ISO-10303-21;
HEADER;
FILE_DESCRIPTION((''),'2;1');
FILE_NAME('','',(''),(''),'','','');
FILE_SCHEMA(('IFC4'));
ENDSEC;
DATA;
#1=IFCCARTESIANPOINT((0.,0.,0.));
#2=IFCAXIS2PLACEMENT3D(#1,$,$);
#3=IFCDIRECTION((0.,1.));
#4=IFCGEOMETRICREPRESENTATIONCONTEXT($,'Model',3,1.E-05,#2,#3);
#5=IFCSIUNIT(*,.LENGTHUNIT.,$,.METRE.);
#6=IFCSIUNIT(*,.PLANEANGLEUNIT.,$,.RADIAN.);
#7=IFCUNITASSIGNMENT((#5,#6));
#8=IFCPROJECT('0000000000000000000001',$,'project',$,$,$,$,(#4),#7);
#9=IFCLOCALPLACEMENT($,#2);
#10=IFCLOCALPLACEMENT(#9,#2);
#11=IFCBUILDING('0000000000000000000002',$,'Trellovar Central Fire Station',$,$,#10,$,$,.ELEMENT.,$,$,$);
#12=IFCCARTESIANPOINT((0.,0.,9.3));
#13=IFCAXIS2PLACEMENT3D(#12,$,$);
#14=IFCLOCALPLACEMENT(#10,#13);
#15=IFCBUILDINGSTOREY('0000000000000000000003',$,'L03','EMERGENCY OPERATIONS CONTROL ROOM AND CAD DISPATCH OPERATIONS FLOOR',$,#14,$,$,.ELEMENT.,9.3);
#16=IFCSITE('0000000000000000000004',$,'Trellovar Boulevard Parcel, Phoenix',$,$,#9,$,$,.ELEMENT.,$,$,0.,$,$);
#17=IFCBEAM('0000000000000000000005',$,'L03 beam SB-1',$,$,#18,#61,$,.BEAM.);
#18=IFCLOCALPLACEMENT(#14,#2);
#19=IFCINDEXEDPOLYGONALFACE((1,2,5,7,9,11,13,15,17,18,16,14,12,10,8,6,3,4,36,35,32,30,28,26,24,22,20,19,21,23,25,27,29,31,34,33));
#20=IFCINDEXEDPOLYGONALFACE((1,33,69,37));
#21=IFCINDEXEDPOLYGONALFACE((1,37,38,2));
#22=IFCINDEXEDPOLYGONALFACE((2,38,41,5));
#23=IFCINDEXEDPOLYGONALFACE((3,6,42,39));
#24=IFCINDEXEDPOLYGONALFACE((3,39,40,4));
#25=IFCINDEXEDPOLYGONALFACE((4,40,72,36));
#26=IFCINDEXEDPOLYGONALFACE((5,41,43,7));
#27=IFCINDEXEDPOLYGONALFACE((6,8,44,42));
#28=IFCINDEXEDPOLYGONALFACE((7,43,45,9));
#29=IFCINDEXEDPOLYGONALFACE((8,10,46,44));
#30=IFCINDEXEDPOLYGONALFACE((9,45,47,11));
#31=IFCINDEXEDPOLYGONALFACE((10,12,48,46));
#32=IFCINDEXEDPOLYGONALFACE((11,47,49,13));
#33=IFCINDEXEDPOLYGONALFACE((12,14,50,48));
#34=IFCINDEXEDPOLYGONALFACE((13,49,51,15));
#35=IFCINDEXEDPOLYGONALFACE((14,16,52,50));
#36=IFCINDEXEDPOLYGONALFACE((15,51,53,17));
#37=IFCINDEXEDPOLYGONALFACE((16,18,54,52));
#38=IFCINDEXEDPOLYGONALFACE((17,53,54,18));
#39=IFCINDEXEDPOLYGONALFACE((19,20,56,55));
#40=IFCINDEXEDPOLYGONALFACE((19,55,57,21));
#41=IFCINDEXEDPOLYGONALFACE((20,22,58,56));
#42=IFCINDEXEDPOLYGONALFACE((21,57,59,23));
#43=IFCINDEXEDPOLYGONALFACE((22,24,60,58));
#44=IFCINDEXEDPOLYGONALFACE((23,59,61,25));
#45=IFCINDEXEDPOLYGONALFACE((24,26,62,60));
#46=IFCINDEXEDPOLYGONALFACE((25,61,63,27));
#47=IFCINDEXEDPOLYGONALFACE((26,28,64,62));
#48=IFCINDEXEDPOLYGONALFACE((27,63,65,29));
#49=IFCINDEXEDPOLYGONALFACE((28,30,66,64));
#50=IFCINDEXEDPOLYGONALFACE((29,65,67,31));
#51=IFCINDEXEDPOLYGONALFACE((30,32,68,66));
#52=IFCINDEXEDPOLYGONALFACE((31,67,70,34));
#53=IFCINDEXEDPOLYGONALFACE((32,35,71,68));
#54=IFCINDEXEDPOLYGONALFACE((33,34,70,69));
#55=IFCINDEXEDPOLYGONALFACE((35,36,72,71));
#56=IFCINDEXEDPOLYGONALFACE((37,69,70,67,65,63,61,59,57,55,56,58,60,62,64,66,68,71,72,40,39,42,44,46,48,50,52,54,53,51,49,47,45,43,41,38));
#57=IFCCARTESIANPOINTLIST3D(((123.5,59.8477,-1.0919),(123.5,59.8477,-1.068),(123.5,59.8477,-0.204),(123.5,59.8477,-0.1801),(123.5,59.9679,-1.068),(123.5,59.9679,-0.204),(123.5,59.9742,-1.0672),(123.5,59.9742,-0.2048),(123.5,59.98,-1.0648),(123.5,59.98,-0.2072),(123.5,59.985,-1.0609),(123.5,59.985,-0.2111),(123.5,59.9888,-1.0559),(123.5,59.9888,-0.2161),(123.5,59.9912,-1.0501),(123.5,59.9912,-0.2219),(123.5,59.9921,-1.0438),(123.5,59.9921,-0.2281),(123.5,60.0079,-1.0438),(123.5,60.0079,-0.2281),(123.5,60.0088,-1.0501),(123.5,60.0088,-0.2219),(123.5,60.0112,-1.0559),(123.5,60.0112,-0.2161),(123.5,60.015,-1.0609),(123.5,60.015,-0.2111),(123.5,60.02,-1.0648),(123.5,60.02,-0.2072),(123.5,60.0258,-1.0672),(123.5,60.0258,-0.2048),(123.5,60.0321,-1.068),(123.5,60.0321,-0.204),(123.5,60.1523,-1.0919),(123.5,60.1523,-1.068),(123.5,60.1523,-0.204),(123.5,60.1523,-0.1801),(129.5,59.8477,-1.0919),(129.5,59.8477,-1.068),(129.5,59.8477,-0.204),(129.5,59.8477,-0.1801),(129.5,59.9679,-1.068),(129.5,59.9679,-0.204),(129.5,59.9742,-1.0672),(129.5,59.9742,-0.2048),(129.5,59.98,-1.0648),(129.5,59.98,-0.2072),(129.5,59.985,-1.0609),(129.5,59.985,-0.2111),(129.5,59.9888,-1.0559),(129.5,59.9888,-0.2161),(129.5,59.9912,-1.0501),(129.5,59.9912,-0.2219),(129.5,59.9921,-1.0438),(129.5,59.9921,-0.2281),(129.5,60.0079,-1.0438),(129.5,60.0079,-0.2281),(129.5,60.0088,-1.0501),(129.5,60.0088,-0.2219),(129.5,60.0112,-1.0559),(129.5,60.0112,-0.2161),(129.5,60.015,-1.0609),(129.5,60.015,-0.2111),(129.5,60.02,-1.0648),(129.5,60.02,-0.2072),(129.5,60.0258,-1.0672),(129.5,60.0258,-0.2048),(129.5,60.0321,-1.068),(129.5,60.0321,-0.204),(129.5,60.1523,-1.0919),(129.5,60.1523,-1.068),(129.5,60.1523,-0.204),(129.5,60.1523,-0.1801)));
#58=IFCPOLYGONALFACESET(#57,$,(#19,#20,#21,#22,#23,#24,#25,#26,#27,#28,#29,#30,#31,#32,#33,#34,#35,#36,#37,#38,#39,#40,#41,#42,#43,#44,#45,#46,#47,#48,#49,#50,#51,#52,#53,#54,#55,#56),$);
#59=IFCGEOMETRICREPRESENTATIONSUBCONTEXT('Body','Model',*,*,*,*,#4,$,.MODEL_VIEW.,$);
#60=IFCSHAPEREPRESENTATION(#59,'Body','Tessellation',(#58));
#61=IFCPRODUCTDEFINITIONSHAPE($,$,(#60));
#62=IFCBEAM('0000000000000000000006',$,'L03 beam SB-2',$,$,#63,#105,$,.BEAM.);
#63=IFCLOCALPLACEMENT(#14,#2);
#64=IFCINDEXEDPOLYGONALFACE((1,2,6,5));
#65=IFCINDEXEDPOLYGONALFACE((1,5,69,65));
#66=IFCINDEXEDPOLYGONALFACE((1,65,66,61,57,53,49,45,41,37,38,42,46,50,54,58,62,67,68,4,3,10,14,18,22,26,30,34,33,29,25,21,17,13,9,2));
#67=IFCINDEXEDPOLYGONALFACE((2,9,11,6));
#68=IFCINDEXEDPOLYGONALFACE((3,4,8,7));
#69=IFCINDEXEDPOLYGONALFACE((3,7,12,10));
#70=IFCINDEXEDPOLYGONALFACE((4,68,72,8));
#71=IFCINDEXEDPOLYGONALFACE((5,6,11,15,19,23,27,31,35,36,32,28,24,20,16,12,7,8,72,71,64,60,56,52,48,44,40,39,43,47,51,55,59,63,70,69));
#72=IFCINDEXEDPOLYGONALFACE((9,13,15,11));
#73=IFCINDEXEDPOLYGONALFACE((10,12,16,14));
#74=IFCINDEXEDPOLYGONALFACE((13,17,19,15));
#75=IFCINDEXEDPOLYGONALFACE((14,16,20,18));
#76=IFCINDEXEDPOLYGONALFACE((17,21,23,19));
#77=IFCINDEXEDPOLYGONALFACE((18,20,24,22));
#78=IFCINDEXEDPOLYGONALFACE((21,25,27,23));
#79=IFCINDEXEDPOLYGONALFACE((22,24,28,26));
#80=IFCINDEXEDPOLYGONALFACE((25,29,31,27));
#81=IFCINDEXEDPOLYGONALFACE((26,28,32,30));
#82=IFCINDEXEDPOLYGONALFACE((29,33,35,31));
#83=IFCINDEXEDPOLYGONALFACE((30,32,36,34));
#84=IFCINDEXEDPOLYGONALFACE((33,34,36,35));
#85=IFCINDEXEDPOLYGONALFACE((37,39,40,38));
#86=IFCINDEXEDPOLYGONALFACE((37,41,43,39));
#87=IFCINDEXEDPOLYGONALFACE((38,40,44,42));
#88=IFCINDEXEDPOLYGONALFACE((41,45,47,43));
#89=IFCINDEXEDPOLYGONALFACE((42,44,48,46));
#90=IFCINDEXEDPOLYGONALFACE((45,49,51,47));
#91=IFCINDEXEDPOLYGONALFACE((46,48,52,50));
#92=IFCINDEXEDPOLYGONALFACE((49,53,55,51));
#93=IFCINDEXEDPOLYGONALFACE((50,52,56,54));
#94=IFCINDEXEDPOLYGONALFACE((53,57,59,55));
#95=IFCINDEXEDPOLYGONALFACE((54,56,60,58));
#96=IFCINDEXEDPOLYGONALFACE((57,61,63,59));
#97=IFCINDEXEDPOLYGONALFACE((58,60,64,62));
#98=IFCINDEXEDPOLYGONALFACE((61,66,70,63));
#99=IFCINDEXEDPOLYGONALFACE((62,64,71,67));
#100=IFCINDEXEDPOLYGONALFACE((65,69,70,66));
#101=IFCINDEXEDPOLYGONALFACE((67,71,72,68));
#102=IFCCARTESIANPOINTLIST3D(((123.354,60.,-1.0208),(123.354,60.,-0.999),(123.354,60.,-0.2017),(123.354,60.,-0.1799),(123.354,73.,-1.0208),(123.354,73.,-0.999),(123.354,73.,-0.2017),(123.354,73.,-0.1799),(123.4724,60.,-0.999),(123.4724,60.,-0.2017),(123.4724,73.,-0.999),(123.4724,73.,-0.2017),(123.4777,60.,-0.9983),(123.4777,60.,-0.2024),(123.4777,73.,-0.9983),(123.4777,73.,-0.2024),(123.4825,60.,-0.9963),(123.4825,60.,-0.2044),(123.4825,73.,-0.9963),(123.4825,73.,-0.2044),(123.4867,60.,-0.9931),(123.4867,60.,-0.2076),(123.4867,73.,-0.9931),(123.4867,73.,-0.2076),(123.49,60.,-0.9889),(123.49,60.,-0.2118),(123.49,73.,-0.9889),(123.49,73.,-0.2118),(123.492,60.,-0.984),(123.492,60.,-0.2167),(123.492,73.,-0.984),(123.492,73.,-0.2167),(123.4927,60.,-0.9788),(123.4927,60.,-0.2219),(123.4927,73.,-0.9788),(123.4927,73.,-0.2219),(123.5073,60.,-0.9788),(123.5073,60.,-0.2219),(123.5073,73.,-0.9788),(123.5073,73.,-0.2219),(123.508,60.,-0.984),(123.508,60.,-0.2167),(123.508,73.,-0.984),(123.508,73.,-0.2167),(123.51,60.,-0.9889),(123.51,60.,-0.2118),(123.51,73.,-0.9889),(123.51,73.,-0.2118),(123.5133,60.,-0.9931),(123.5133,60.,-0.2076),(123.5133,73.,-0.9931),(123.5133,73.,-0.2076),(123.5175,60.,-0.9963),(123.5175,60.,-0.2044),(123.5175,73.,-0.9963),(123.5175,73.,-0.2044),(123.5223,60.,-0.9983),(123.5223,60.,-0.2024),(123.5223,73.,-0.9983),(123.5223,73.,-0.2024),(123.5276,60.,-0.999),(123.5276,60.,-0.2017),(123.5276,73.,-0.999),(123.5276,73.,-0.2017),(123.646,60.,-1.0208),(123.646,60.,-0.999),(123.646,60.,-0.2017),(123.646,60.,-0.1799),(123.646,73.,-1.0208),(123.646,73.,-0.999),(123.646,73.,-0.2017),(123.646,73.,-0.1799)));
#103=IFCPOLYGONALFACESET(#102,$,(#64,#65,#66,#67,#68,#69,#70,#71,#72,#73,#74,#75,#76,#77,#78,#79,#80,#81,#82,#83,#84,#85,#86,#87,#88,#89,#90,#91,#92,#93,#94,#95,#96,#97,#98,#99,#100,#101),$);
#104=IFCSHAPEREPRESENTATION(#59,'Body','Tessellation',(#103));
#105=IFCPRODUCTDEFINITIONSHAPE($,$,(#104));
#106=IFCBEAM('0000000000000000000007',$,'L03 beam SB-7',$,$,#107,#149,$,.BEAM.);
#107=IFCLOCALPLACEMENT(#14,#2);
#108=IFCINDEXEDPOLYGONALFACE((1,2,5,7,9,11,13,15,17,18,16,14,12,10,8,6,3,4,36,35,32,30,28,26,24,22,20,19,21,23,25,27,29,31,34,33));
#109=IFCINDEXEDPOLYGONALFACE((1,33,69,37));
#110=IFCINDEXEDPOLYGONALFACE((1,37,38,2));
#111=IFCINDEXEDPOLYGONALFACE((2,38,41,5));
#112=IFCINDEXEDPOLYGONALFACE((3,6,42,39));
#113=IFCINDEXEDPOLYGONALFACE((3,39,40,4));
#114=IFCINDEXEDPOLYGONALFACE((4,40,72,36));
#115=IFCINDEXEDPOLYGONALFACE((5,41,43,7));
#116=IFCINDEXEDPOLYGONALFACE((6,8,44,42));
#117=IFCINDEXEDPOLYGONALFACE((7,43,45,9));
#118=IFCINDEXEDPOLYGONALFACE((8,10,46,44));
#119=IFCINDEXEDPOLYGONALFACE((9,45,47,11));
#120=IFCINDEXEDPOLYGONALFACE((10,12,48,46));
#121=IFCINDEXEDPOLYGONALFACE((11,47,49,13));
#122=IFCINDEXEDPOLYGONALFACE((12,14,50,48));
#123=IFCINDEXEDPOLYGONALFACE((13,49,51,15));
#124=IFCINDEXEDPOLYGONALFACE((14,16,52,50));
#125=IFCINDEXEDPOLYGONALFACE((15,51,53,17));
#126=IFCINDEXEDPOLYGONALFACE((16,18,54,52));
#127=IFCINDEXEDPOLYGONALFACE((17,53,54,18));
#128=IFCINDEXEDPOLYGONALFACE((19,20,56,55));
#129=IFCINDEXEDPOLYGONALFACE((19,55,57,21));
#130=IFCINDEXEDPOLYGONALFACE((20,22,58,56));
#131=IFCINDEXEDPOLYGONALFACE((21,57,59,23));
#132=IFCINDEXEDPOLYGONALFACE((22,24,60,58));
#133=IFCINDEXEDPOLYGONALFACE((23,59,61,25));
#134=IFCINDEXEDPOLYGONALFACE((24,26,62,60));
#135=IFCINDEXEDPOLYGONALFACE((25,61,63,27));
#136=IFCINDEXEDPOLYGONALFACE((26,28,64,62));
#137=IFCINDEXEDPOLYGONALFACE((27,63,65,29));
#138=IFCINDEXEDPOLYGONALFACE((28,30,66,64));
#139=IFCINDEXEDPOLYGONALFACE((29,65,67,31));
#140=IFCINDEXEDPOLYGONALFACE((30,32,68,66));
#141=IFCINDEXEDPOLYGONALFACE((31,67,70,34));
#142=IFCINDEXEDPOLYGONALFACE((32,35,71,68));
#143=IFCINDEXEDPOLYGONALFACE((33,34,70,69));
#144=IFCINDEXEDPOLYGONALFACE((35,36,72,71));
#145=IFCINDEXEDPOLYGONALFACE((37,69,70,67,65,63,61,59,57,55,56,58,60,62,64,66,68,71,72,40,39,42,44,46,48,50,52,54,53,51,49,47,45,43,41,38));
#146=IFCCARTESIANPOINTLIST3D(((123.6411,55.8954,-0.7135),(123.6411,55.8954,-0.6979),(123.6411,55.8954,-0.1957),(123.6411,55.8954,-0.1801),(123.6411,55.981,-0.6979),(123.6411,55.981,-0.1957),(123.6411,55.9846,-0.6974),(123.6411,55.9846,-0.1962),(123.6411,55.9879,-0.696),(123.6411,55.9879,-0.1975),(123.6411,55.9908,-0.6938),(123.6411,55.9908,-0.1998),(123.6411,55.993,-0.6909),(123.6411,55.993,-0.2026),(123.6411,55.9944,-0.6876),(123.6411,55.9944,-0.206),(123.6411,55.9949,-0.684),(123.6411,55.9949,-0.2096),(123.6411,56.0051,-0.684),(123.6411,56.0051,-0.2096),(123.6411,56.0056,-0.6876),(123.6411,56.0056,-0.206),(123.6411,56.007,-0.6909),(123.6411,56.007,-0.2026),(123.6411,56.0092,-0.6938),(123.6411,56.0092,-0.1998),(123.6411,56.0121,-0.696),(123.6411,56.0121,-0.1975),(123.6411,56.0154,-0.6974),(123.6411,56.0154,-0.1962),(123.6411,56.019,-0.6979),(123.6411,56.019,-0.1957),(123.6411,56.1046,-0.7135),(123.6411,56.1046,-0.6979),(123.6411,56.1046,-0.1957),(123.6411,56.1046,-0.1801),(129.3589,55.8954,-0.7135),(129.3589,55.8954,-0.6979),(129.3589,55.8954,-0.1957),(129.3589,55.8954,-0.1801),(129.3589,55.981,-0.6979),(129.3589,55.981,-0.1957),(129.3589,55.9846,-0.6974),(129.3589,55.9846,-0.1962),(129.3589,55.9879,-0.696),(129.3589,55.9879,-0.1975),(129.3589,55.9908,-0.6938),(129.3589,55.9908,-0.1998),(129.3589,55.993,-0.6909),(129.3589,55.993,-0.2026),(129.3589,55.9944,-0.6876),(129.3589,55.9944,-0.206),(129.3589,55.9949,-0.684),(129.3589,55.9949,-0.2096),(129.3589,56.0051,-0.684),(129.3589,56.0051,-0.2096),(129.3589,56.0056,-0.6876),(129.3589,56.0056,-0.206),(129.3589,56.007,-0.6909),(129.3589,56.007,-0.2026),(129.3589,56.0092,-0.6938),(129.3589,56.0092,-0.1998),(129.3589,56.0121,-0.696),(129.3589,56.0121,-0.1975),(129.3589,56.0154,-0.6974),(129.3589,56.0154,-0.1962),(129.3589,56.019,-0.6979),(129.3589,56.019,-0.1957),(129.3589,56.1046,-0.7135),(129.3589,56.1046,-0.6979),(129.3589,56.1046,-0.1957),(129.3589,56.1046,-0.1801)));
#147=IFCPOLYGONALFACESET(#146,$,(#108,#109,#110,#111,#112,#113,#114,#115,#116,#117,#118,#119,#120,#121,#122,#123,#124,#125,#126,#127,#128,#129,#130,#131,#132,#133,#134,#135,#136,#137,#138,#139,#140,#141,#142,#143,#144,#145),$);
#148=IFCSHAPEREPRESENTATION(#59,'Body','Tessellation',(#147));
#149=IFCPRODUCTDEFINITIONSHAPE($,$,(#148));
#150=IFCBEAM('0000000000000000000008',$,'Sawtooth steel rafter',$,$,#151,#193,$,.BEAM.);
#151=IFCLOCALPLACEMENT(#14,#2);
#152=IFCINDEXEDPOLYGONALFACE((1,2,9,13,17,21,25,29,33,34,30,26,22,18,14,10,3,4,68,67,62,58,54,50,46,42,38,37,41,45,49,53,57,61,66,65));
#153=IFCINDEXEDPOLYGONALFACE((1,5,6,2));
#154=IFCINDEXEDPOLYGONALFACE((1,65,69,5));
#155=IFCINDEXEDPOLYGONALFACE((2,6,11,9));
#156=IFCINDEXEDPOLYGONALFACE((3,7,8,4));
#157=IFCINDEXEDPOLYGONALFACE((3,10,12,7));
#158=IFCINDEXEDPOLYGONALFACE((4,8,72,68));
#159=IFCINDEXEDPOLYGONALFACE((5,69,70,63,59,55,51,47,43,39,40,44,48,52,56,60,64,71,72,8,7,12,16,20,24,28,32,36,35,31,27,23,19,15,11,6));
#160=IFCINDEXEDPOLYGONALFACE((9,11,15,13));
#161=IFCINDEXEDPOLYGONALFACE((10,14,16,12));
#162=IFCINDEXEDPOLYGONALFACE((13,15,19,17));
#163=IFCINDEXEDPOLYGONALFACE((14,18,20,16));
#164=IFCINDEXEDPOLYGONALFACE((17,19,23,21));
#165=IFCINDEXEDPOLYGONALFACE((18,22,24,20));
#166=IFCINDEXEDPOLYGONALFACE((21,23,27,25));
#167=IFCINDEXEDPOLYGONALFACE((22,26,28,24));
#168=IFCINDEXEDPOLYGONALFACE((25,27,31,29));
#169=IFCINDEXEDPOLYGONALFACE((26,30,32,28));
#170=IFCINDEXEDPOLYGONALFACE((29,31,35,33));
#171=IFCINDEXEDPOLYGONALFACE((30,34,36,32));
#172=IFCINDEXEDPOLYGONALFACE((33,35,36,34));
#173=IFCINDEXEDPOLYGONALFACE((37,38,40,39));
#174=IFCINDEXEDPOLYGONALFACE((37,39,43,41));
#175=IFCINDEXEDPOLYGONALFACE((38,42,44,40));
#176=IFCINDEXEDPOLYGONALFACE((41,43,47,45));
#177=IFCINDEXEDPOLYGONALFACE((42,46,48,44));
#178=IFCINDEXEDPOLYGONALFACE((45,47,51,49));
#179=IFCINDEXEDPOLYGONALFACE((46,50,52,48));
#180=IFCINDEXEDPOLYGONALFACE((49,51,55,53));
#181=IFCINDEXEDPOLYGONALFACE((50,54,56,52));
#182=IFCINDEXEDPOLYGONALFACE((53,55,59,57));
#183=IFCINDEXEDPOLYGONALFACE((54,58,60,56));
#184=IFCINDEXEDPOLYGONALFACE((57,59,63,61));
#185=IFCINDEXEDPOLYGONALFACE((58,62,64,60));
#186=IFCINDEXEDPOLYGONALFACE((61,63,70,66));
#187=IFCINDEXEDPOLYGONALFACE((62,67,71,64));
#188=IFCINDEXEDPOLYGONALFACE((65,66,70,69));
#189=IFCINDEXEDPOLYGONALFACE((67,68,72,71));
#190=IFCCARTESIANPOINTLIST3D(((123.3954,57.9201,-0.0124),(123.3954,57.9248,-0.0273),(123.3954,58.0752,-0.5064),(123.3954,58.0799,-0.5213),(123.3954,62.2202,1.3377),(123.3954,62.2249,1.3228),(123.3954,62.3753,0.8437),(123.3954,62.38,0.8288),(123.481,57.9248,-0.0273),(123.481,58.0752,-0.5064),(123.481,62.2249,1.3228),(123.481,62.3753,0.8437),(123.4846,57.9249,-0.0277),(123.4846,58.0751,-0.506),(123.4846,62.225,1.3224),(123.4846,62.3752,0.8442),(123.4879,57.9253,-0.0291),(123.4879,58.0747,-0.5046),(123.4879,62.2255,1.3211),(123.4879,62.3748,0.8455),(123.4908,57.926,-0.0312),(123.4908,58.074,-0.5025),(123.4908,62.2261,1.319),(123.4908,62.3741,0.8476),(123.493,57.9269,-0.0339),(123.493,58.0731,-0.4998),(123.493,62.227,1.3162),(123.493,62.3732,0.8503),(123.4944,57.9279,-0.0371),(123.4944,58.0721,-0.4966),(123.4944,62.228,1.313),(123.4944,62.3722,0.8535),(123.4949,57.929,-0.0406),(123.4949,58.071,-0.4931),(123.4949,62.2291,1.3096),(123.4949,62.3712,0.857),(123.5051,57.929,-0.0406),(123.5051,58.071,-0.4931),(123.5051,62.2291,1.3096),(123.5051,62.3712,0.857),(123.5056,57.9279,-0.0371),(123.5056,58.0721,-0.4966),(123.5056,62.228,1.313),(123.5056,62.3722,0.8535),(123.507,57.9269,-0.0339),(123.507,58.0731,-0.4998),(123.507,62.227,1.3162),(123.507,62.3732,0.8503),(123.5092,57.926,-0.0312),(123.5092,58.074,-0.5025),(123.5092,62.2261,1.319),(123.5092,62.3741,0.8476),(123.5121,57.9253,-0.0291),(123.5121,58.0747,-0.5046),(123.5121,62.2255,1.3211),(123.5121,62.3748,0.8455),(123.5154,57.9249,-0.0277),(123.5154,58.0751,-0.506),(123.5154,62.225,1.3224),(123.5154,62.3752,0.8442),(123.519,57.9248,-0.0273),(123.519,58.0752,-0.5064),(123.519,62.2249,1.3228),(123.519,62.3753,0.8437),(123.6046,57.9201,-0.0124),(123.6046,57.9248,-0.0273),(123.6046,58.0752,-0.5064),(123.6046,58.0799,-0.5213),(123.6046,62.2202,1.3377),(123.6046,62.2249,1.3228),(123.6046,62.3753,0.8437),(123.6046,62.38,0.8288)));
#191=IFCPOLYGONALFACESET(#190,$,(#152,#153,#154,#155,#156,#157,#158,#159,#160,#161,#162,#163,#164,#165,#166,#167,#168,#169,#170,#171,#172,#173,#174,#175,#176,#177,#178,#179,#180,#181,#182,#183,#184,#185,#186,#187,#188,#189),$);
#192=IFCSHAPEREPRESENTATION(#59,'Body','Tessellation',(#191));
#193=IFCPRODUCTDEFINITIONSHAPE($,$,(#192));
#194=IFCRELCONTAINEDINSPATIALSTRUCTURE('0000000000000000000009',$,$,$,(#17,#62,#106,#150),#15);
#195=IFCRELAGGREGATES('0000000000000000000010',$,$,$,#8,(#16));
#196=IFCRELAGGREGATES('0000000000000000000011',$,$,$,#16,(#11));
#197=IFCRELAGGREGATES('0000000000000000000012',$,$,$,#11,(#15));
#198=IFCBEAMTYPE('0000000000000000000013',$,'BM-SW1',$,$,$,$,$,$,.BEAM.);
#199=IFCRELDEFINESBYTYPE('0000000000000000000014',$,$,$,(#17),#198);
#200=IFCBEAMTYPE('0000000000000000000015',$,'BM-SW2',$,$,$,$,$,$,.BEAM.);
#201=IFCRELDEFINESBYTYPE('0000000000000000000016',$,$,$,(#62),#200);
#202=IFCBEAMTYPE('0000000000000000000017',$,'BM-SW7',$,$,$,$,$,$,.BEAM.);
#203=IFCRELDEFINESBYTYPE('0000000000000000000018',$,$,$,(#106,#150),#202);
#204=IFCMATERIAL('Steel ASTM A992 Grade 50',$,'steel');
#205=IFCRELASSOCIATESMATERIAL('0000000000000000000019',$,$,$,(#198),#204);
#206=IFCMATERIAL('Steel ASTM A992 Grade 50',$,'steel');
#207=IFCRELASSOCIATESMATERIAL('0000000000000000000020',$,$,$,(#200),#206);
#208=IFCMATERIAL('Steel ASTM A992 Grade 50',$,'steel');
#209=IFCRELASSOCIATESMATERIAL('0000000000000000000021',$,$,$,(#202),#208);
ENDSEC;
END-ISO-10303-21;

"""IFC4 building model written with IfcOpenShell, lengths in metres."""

from ifc_helpers import new_model, si_unit, direction, frame, origin, origin_2d, place, context, subcontext, project, spatial, i_section, extrude, material, material_profile, profile_set, type_object, element, save


model = new_model("IFC4")

# Units and contexts
model_context = context("Model", 3, precision=1e-05, world=origin(), true_north=direction((0.0, 1.0)))
body_context = subcontext(model_context, "Body", "Model", "MODEL_VIEW")
ifc_project = project(units=[si_unit("LENGTHUNIT", "METRE"), si_unit("PLANEANGLEUNIT", "RADIAN")], contexts=[model_context])

# Site, building, storey
site_placement = place(None, origin())
site = spatial("IfcSite", under=ifc_project, at=site_placement, Name="Trellovar Boulevard Parcel, Phoenix", CompositionType="ELEMENT", RefElevation=0.0)
building_placement = place(site_placement, origin())
building = spatial("IfcBuilding", under=site, at=building_placement, Name="Trellovar Central Fire Station", CompositionType="ELEMENT")
storey_placement = place(building_placement, frame((0.0, 0.0, 9.3)))
storey = spatial("IfcBuildingStorey", under=building, at=storey_placement, Name="L03", Description="EMERGENCY OPERATIONS CONTROL ROOM AND CAD DISPATCH OPERATIONS FLOOR", CompositionType="ELEMENT", Elevation=9.3)

# Beams
ifc_material_1 = material(Name="Steel ASTM A992 Grade 50", Category="steel")
ifc_material_profile_1 = material_profile(ifc_material_1, i_section(OverallWidth=0.3047, OverallDepth=0.9119, WebThickness=0.0159, FlangeThickness=0.0239, FilletRadius=0.0242, at=origin_2d()), Name="W36X150")
ifc_profile_set_1 = profile_set([ifc_material_profile_1], Name="Steel ASTM A992 Grade 50")
beam_type_1 = type_object("IfcBeamType", Name="BM-SW1", PredefinedType="BEAM", material=ifc_profile_set_1)
beam_1_placement = place(storey_placement, frame((123.5, 60.0, -0.636), z_axis=(1.0, 0.0, 0.0), x_axis=(0.0, 1.0, 0.0)))
element("IfcBeam", 1, at=beam_1_placement, inside=storey, type_object=beam_type_1, Name="L03 beam SB-1", PredefinedType="BEAM", context=body_context, shape_type="SweptSolid", body=[
    extrude(i_section(OverallWidth=0.3047, OverallDepth=0.9119, WebThickness=0.0159, FlangeThickness=0.0239, FilletRadius=0.0242, at=origin_2d()), origin(), (0.0, 0.0, 1.0), 6.0),
])
ifc_material_2 = material(Name="Steel ASTM A992 Grade 50", Category="steel")
ifc_material_profile_2 = material_profile(ifc_material_2, i_section(OverallWidth=0.292, OverallDepth=0.8408, WebThickness=0.0146, FlangeThickness=0.0217, FilletRadius=0.0203, at=origin_2d()), Name="W33X130")
ifc_profile_set_2 = profile_set([ifc_material_profile_2], Name="Steel ASTM A992 Grade 50")
beam_type_2 = type_object("IfcBeamType", Name="BM-SW2", PredefinedType="BEAM", material=ifc_profile_set_2)
beam_2_placement = place(storey_placement, frame((123.5, 60.0, -0.6003), z_axis=(0.0, 1.0, 0.0), x_axis=(-1.0, 0.0, 0.0)))
element("IfcBeam", 2, at=beam_2_placement, inside=storey, type_object=beam_type_2, Name="L03 beam SB-2", PredefinedType="BEAM", context=body_context, shape_type="SweptSolid", body=[
    extrude(i_section(OverallWidth=0.292, OverallDepth=0.8408, WebThickness=0.0146, FlangeThickness=0.0217, FilletRadius=0.0203, at=origin_2d()), origin(), (0.0, 0.0, 1.0), 13.0),
])
ifc_material_3 = material(Name="Steel ASTM A992 Grade 50", Category="steel")
ifc_material_profile_3 = material_profile(ifc_material_3, i_section(OverallWidth=0.2092, OverallDepth=0.5334, WebThickness=0.0103, FlangeThickness=0.0156, FilletRadius=0.0139, at=origin_2d()), Name="W21X62")
ifc_profile_set_3 = profile_set([ifc_material_profile_3], Name="Steel ASTM A992 Grade 50")
beam_type_3 = type_object("IfcBeamType", Name="BM-SW7", PredefinedType="BEAM", material=ifc_profile_set_3)
beam_3_placement = place(storey_placement, frame((123.6411, 56.0, -0.4468), z_axis=(1.0, 0.0, 0.0), x_axis=(0.0, 1.0, 0.0)))
element("IfcBeam", 3, at=beam_3_placement, inside=storey, type_object=beam_type_3, Name="L03 beam SB-7", PredefinedType="BEAM", context=body_context, shape_type="SweptSolid", body=[
    extrude(i_section(OverallWidth=0.2092, OverallDepth=0.5334, WebThickness=0.0103, FlangeThickness=0.0156, FilletRadius=0.0139, at=origin_2d()), origin(), (0.0, 0.0, 1.0), 5.7178),
])
beam_4_placement = place(storey_placement, frame((123.5, 58.0, -0.2668), z_axis=(0.0, 0.954079, 0.299555), x_axis=(-1.0, 0.0, 0.0)))
element("IfcBeam", 4, at=beam_4_placement, inside=storey, type_object=beam_type_3, Name="Sawtooth steel rafter", PredefinedType="BEAM", context=body_context, shape_type="SweptSolid", body=[
    extrude(i_section(OverallWidth=0.2092, OverallDepth=0.5334, WebThickness=0.0103, FlangeThickness=0.0156, FilletRadius=0.0139, at=origin_2d()), origin(), (0.0, 0.0, 1.0), 4.5071),
])

save(model, "model.ifc")
